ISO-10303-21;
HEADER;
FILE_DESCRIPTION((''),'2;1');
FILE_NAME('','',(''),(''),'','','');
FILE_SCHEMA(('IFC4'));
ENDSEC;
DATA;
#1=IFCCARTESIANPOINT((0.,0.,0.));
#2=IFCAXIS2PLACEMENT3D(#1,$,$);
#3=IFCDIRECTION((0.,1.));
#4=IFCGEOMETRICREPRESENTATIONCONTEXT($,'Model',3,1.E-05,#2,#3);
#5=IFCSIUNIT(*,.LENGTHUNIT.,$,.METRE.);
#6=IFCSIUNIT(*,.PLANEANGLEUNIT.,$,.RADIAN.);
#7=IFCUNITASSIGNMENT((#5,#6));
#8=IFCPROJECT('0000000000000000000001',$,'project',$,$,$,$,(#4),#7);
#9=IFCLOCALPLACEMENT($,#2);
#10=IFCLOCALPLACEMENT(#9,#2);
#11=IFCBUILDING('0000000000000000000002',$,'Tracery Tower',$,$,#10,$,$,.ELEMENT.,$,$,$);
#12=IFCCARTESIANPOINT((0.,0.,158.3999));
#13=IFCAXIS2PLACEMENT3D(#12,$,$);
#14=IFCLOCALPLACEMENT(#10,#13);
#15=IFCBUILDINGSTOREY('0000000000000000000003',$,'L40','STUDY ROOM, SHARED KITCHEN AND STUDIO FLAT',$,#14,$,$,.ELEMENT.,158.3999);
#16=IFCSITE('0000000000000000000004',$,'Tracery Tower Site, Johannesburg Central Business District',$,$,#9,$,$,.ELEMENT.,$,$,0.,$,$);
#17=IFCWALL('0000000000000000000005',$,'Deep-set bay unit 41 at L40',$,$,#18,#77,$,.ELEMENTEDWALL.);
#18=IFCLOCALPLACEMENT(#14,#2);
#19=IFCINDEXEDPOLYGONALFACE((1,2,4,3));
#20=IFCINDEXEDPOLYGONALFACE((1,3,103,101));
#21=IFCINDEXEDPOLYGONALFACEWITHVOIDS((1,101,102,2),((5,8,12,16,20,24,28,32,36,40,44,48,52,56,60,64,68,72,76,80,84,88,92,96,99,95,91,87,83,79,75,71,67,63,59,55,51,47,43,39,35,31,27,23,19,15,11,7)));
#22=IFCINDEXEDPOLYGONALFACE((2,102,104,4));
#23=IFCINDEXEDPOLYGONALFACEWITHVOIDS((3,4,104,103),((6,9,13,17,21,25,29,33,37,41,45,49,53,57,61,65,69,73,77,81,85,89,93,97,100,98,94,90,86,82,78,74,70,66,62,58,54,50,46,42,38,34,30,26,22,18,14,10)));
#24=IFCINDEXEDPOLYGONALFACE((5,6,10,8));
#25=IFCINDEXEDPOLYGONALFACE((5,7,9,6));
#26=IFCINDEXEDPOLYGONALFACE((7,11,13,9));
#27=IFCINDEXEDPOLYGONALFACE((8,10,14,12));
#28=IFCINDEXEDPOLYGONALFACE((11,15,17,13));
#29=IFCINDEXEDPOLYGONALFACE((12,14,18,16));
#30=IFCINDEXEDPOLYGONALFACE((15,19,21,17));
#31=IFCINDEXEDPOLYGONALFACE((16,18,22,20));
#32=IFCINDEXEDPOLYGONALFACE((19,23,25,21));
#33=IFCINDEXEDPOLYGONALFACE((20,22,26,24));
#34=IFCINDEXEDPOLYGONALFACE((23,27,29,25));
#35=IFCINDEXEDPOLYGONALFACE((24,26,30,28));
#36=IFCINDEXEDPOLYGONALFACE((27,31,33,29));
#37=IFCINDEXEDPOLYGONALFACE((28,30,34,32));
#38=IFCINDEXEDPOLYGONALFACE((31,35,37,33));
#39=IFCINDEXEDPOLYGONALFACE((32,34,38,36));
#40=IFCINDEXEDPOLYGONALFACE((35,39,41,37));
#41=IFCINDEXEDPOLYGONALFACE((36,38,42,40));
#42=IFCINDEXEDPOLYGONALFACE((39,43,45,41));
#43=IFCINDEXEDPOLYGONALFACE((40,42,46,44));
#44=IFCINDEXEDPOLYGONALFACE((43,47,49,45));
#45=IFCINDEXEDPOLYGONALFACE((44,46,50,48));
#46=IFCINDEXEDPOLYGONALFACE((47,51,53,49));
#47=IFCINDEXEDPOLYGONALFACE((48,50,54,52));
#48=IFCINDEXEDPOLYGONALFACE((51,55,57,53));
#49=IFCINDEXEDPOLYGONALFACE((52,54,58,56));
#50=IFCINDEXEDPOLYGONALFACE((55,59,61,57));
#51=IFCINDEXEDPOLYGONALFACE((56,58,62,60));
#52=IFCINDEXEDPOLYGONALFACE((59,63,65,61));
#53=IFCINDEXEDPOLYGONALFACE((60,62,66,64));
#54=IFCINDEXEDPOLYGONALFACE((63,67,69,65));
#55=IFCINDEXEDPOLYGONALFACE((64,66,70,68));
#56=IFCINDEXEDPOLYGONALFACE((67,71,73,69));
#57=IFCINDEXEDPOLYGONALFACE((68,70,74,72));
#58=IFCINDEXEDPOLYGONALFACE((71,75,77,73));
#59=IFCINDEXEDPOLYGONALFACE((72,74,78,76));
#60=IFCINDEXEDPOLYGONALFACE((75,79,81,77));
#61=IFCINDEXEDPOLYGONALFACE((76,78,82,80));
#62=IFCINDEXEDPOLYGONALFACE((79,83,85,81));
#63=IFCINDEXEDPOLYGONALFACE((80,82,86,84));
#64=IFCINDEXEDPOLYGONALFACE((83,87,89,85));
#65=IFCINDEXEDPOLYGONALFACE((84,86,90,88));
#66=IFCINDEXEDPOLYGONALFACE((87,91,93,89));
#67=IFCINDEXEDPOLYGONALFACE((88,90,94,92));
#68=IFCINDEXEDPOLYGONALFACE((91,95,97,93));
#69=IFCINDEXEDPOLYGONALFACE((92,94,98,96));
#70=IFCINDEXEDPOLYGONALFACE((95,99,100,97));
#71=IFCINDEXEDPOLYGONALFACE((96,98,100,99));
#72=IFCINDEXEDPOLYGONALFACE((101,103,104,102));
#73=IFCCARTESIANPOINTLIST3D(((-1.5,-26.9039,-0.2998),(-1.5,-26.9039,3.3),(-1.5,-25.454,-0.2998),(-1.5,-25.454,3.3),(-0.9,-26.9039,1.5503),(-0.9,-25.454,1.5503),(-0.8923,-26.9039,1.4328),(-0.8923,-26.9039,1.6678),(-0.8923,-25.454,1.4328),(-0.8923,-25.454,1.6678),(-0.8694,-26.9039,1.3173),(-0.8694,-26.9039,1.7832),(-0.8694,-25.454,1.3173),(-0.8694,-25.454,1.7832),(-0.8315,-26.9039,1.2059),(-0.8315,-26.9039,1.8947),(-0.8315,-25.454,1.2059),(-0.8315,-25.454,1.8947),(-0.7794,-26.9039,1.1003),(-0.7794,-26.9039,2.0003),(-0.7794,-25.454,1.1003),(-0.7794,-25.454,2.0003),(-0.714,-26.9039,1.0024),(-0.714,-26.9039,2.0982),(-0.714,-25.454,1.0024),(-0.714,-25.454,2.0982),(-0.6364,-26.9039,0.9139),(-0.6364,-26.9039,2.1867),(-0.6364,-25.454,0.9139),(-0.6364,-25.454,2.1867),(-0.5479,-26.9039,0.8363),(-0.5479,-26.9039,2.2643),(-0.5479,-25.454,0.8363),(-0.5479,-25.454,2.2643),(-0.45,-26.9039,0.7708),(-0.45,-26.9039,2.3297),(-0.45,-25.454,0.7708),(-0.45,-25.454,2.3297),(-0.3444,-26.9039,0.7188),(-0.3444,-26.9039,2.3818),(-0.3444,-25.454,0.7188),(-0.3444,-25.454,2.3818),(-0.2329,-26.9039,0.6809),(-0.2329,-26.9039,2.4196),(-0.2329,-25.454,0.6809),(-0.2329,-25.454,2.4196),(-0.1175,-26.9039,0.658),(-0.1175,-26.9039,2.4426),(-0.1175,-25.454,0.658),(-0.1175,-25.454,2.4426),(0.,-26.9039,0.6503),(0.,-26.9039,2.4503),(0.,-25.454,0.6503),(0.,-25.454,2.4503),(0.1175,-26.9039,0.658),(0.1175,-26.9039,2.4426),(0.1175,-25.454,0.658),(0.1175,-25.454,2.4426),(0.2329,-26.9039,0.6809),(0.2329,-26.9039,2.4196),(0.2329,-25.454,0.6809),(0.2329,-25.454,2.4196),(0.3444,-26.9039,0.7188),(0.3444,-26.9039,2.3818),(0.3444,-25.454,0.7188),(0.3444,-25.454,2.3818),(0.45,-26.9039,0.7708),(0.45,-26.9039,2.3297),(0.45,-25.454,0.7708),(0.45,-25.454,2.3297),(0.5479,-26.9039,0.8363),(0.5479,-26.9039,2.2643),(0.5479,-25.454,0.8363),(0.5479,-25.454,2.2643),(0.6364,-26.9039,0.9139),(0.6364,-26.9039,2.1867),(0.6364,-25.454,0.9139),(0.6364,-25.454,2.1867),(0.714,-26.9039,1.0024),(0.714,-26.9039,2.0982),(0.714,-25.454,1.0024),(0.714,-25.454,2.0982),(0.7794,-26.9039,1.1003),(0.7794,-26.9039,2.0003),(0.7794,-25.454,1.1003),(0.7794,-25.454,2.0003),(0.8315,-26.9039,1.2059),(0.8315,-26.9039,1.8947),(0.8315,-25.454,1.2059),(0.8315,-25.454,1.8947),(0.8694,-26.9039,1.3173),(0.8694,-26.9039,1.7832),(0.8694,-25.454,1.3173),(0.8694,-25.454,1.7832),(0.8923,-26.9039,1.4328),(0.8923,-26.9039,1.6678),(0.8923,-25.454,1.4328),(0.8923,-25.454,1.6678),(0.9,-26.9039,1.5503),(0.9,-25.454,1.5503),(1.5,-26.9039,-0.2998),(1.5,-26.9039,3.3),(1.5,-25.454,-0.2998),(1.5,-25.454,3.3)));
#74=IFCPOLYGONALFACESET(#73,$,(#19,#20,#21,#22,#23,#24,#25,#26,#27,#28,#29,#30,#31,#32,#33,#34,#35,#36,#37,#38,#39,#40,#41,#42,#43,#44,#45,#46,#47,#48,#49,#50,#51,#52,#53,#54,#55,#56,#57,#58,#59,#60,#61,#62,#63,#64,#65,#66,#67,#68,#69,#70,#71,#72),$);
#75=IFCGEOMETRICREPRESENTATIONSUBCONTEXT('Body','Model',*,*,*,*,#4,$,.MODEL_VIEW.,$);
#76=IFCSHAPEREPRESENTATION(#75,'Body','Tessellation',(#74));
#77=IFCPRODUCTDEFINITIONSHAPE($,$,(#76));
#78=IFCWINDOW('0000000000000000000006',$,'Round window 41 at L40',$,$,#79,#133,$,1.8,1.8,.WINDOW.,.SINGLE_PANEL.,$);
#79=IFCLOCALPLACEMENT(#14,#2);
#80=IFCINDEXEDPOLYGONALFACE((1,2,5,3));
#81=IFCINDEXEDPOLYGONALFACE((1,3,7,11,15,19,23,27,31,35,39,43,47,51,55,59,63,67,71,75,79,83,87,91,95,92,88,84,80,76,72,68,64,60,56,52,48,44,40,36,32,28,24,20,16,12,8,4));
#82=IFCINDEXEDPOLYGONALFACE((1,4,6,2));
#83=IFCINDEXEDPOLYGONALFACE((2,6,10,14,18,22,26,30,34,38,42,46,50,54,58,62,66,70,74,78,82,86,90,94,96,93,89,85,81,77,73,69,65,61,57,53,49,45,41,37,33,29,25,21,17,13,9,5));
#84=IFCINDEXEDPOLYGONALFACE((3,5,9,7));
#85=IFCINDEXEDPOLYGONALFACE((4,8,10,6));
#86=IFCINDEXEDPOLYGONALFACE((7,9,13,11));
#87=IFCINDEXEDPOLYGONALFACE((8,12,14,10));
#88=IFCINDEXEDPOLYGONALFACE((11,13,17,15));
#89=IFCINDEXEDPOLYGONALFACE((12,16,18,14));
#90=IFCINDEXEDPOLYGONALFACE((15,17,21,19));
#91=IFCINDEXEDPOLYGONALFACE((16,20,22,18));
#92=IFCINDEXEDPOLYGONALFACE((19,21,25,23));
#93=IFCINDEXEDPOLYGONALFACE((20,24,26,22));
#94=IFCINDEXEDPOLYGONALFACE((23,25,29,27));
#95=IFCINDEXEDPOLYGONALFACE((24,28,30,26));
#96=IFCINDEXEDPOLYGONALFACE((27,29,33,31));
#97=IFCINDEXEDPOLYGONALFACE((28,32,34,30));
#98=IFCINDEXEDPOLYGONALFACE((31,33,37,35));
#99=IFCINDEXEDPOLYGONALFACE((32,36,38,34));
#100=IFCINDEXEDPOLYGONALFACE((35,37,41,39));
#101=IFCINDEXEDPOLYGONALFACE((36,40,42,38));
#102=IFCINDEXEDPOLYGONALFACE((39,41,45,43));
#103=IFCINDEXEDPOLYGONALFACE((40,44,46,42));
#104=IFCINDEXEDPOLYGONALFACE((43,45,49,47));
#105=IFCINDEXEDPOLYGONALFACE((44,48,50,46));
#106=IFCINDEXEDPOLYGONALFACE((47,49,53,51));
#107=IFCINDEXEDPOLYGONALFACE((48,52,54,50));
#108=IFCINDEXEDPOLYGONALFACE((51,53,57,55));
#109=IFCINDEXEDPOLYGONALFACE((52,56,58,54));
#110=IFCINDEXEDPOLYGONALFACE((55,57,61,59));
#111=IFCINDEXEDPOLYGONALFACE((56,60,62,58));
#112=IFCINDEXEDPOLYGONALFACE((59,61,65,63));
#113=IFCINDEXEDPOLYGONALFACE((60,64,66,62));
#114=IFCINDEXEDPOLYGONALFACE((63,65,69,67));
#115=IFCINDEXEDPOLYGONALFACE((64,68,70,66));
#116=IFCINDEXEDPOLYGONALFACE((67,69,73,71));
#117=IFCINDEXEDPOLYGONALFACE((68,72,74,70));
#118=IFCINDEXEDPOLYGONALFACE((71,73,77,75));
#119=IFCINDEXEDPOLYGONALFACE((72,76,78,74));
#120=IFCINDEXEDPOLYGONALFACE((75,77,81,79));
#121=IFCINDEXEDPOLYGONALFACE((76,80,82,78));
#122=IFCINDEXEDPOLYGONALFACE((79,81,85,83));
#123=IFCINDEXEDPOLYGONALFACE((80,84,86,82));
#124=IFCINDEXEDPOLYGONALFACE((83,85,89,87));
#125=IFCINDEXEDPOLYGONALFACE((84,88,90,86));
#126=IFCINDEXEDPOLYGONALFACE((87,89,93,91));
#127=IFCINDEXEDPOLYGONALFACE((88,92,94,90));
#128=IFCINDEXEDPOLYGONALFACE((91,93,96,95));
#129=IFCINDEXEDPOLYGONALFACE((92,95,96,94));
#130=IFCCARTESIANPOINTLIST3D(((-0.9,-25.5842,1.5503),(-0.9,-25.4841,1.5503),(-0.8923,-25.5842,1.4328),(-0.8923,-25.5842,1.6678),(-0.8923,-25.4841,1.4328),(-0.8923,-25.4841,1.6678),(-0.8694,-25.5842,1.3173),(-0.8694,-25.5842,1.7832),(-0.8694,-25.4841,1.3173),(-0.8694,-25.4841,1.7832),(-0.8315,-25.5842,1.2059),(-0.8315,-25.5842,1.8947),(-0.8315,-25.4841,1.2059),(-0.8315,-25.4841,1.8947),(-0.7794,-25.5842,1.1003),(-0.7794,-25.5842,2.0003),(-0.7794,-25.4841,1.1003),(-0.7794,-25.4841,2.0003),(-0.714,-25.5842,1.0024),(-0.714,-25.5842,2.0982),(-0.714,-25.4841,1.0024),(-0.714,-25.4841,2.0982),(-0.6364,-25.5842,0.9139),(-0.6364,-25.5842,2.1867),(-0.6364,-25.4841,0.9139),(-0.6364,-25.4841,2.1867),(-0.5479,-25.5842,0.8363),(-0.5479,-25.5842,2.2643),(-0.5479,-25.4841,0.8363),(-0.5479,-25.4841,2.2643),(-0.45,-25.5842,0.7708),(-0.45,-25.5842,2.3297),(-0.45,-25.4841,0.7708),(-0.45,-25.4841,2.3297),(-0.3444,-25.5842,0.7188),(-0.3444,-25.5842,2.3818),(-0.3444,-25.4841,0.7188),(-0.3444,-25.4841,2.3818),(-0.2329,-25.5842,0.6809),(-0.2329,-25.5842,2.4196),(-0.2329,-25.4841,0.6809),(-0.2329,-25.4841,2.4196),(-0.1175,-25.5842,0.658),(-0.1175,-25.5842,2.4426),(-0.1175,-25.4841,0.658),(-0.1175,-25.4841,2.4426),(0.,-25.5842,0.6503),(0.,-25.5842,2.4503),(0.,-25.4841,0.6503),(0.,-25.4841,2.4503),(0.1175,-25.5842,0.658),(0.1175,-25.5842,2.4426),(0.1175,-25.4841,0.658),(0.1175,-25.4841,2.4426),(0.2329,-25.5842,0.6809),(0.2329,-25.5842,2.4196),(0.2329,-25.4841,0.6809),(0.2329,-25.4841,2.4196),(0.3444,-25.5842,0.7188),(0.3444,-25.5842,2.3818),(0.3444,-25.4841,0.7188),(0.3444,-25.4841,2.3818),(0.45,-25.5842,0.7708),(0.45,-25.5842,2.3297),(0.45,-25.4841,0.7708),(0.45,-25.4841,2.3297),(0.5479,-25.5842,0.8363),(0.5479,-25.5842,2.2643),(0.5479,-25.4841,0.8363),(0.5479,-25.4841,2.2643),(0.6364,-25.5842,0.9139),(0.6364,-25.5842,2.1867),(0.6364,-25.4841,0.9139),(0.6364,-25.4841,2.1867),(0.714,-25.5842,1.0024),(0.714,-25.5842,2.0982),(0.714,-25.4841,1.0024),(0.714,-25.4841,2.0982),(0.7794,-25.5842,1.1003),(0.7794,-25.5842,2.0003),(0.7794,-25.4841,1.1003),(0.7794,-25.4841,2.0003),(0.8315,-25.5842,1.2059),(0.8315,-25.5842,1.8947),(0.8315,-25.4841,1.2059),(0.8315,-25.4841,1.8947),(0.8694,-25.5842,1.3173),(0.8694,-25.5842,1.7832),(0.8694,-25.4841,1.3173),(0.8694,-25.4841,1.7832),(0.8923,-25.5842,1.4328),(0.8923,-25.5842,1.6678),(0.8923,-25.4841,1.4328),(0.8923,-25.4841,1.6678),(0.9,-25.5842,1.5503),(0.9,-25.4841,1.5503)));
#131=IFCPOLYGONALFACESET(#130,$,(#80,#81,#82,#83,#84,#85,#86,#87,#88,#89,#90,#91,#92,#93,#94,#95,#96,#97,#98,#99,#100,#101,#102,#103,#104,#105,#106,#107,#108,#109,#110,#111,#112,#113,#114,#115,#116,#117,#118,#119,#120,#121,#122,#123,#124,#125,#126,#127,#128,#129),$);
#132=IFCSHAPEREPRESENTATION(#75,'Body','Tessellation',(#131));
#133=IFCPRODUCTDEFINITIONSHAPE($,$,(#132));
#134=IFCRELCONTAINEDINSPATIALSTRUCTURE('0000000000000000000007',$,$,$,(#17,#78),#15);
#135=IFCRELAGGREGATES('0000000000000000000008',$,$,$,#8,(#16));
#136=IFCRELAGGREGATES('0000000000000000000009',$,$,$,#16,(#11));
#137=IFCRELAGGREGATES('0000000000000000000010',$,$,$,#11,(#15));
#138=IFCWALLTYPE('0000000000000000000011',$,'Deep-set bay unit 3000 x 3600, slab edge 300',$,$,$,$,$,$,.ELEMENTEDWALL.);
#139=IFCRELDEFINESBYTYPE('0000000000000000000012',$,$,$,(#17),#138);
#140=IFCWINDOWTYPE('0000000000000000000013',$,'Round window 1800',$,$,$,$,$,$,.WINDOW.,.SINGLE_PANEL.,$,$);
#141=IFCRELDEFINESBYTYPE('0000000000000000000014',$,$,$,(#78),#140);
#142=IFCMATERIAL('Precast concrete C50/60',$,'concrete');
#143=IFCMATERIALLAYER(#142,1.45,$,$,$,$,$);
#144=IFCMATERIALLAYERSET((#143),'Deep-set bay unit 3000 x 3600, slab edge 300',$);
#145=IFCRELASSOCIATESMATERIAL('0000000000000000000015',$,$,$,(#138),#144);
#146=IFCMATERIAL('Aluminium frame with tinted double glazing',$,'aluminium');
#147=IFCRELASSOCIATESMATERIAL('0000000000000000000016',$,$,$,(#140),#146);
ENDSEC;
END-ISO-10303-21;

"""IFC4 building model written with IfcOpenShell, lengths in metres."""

from ifc_helpers import new_model, si_unit, direction, frame, frame_2d, origin, origin_2d, place, context, subcontext, project, spatial, rectangle, circle, extrude, material, layer, layer_set, type_object, element, fill, save


model = new_model("IFC4")

# Units and contexts
model_context = context("Model", 3, precision=1e-05, world=origin(), true_north=direction((0.0, 1.0)))
body_context = subcontext(model_context, "Body", "Model", "MODEL_VIEW")
ifc_project = project(units=[si_unit("LENGTHUNIT", "METRE"), si_unit("PLANEANGLEUNIT", "RADIAN")], contexts=[model_context])

# Site, building, storey
site_placement = place(None, origin())
site = spatial("IfcSite", under=ifc_project, at=site_placement, Name="Tracery Tower Site, Johannesburg Central Business District", CompositionType="ELEMENT", RefElevation=0.0)
building_placement = place(site_placement, origin())
building = spatial("IfcBuilding", under=site, at=building_placement, Name="Tracery Tower", CompositionType="ELEMENT")
storey_placement = place(building_placement, frame((0.0, 0.0, 158.3999)))
storey = spatial("IfcBuildingStorey", under=building, at=storey_placement, Name="L40", Description="STUDY ROOM, SHARED KITCHEN AND STUDIO FLAT", CompositionType="ELEMENT", Elevation=158.3999)

# Wall, opening, window
ifc_material_1 = material(Name="Precast concrete C50/60", Category="concrete")
ifc_layer_1 = layer(ifc_material_1, 1.45)
ifc_layer_set_1 = layer_set([ifc_layer_1], Name="Deep-set bay unit 3000 x 3600, slab edge 300")
wall_type_1 = type_object("IfcWallType", Name="Deep-set bay unit 3000 x 3600, slab edge 300", PredefinedType="ELEMENTEDWALL", material=ifc_layer_set_1)
ifc_material_2 = material(Name="Aluminium frame with tinted double glazing", Category="aluminium")
window_type = type_object("IfcWindowType", Name="Round window 1800", PartitioningType="SINGLE_PANEL", PredefinedType="WINDOW", material=ifc_material_2)
wall_1_placement = place(storey_placement, frame((-1.5, -26.179, -0.2998), z_axis=(0.0, 0.0, 1.0), x_axis=(1.0, 0.0, 0.0)))
wall_1 = element("IfcWall", 1, at=wall_1_placement, inside=storey, type_object=wall_type_1, Name="Deep-set bay unit 41 at L40", PredefinedType="ELEMENTEDWALL", context=body_context, shape_type="SweptSolid", body=[
    extrude(rectangle(XDim=3.0, YDim=1.45, at=frame_2d((1.5, 0.0))), origin(), (0.0, 0.0, 1.0), 3.5999),
])
opening_1_placement = place(wall_1_placement, frame((1.5, 0.0, 1.8501)))
opening_1 = element("IfcOpeningElement", 2, at=opening_1_placement, cuts=wall_1, PredefinedType="OPENING", context=body_context, shape_type="SweptSolid", body=[
    extrude(circle(Radius=0.9, at=origin_2d()), frame((0.0, 0.7349, 0.0), z_axis=(0.0, -1.0, 0.0), x_axis=(1.0, 0.0, 0.0)), (0.0, 0.0, 1.0), 1.47),
])
window_1_placement = place(opening_1_placement, origin())
window_1 = element("IfcWindow", 3, at=window_1_placement, inside=storey, type_object=window_type, Name="Round window 41 at L40", OverallHeight=1.8, OverallWidth=1.8, PartitioningType="SINGLE_PANEL", PredefinedType="WINDOW", context=body_context, shape_type="SweptSolid", body=[
    extrude(circle(Radius=0.9, at=origin_2d()), frame((0.0, 0.6948, 0.0), z_axis=(0.0, -1.0, 0.0), x_axis=(1.0, 0.0, 0.0)), (0.0, 0.0, 1.0), 0.1001),
])
fill(opening_1, window_1)

save(model, "model.ifc")
